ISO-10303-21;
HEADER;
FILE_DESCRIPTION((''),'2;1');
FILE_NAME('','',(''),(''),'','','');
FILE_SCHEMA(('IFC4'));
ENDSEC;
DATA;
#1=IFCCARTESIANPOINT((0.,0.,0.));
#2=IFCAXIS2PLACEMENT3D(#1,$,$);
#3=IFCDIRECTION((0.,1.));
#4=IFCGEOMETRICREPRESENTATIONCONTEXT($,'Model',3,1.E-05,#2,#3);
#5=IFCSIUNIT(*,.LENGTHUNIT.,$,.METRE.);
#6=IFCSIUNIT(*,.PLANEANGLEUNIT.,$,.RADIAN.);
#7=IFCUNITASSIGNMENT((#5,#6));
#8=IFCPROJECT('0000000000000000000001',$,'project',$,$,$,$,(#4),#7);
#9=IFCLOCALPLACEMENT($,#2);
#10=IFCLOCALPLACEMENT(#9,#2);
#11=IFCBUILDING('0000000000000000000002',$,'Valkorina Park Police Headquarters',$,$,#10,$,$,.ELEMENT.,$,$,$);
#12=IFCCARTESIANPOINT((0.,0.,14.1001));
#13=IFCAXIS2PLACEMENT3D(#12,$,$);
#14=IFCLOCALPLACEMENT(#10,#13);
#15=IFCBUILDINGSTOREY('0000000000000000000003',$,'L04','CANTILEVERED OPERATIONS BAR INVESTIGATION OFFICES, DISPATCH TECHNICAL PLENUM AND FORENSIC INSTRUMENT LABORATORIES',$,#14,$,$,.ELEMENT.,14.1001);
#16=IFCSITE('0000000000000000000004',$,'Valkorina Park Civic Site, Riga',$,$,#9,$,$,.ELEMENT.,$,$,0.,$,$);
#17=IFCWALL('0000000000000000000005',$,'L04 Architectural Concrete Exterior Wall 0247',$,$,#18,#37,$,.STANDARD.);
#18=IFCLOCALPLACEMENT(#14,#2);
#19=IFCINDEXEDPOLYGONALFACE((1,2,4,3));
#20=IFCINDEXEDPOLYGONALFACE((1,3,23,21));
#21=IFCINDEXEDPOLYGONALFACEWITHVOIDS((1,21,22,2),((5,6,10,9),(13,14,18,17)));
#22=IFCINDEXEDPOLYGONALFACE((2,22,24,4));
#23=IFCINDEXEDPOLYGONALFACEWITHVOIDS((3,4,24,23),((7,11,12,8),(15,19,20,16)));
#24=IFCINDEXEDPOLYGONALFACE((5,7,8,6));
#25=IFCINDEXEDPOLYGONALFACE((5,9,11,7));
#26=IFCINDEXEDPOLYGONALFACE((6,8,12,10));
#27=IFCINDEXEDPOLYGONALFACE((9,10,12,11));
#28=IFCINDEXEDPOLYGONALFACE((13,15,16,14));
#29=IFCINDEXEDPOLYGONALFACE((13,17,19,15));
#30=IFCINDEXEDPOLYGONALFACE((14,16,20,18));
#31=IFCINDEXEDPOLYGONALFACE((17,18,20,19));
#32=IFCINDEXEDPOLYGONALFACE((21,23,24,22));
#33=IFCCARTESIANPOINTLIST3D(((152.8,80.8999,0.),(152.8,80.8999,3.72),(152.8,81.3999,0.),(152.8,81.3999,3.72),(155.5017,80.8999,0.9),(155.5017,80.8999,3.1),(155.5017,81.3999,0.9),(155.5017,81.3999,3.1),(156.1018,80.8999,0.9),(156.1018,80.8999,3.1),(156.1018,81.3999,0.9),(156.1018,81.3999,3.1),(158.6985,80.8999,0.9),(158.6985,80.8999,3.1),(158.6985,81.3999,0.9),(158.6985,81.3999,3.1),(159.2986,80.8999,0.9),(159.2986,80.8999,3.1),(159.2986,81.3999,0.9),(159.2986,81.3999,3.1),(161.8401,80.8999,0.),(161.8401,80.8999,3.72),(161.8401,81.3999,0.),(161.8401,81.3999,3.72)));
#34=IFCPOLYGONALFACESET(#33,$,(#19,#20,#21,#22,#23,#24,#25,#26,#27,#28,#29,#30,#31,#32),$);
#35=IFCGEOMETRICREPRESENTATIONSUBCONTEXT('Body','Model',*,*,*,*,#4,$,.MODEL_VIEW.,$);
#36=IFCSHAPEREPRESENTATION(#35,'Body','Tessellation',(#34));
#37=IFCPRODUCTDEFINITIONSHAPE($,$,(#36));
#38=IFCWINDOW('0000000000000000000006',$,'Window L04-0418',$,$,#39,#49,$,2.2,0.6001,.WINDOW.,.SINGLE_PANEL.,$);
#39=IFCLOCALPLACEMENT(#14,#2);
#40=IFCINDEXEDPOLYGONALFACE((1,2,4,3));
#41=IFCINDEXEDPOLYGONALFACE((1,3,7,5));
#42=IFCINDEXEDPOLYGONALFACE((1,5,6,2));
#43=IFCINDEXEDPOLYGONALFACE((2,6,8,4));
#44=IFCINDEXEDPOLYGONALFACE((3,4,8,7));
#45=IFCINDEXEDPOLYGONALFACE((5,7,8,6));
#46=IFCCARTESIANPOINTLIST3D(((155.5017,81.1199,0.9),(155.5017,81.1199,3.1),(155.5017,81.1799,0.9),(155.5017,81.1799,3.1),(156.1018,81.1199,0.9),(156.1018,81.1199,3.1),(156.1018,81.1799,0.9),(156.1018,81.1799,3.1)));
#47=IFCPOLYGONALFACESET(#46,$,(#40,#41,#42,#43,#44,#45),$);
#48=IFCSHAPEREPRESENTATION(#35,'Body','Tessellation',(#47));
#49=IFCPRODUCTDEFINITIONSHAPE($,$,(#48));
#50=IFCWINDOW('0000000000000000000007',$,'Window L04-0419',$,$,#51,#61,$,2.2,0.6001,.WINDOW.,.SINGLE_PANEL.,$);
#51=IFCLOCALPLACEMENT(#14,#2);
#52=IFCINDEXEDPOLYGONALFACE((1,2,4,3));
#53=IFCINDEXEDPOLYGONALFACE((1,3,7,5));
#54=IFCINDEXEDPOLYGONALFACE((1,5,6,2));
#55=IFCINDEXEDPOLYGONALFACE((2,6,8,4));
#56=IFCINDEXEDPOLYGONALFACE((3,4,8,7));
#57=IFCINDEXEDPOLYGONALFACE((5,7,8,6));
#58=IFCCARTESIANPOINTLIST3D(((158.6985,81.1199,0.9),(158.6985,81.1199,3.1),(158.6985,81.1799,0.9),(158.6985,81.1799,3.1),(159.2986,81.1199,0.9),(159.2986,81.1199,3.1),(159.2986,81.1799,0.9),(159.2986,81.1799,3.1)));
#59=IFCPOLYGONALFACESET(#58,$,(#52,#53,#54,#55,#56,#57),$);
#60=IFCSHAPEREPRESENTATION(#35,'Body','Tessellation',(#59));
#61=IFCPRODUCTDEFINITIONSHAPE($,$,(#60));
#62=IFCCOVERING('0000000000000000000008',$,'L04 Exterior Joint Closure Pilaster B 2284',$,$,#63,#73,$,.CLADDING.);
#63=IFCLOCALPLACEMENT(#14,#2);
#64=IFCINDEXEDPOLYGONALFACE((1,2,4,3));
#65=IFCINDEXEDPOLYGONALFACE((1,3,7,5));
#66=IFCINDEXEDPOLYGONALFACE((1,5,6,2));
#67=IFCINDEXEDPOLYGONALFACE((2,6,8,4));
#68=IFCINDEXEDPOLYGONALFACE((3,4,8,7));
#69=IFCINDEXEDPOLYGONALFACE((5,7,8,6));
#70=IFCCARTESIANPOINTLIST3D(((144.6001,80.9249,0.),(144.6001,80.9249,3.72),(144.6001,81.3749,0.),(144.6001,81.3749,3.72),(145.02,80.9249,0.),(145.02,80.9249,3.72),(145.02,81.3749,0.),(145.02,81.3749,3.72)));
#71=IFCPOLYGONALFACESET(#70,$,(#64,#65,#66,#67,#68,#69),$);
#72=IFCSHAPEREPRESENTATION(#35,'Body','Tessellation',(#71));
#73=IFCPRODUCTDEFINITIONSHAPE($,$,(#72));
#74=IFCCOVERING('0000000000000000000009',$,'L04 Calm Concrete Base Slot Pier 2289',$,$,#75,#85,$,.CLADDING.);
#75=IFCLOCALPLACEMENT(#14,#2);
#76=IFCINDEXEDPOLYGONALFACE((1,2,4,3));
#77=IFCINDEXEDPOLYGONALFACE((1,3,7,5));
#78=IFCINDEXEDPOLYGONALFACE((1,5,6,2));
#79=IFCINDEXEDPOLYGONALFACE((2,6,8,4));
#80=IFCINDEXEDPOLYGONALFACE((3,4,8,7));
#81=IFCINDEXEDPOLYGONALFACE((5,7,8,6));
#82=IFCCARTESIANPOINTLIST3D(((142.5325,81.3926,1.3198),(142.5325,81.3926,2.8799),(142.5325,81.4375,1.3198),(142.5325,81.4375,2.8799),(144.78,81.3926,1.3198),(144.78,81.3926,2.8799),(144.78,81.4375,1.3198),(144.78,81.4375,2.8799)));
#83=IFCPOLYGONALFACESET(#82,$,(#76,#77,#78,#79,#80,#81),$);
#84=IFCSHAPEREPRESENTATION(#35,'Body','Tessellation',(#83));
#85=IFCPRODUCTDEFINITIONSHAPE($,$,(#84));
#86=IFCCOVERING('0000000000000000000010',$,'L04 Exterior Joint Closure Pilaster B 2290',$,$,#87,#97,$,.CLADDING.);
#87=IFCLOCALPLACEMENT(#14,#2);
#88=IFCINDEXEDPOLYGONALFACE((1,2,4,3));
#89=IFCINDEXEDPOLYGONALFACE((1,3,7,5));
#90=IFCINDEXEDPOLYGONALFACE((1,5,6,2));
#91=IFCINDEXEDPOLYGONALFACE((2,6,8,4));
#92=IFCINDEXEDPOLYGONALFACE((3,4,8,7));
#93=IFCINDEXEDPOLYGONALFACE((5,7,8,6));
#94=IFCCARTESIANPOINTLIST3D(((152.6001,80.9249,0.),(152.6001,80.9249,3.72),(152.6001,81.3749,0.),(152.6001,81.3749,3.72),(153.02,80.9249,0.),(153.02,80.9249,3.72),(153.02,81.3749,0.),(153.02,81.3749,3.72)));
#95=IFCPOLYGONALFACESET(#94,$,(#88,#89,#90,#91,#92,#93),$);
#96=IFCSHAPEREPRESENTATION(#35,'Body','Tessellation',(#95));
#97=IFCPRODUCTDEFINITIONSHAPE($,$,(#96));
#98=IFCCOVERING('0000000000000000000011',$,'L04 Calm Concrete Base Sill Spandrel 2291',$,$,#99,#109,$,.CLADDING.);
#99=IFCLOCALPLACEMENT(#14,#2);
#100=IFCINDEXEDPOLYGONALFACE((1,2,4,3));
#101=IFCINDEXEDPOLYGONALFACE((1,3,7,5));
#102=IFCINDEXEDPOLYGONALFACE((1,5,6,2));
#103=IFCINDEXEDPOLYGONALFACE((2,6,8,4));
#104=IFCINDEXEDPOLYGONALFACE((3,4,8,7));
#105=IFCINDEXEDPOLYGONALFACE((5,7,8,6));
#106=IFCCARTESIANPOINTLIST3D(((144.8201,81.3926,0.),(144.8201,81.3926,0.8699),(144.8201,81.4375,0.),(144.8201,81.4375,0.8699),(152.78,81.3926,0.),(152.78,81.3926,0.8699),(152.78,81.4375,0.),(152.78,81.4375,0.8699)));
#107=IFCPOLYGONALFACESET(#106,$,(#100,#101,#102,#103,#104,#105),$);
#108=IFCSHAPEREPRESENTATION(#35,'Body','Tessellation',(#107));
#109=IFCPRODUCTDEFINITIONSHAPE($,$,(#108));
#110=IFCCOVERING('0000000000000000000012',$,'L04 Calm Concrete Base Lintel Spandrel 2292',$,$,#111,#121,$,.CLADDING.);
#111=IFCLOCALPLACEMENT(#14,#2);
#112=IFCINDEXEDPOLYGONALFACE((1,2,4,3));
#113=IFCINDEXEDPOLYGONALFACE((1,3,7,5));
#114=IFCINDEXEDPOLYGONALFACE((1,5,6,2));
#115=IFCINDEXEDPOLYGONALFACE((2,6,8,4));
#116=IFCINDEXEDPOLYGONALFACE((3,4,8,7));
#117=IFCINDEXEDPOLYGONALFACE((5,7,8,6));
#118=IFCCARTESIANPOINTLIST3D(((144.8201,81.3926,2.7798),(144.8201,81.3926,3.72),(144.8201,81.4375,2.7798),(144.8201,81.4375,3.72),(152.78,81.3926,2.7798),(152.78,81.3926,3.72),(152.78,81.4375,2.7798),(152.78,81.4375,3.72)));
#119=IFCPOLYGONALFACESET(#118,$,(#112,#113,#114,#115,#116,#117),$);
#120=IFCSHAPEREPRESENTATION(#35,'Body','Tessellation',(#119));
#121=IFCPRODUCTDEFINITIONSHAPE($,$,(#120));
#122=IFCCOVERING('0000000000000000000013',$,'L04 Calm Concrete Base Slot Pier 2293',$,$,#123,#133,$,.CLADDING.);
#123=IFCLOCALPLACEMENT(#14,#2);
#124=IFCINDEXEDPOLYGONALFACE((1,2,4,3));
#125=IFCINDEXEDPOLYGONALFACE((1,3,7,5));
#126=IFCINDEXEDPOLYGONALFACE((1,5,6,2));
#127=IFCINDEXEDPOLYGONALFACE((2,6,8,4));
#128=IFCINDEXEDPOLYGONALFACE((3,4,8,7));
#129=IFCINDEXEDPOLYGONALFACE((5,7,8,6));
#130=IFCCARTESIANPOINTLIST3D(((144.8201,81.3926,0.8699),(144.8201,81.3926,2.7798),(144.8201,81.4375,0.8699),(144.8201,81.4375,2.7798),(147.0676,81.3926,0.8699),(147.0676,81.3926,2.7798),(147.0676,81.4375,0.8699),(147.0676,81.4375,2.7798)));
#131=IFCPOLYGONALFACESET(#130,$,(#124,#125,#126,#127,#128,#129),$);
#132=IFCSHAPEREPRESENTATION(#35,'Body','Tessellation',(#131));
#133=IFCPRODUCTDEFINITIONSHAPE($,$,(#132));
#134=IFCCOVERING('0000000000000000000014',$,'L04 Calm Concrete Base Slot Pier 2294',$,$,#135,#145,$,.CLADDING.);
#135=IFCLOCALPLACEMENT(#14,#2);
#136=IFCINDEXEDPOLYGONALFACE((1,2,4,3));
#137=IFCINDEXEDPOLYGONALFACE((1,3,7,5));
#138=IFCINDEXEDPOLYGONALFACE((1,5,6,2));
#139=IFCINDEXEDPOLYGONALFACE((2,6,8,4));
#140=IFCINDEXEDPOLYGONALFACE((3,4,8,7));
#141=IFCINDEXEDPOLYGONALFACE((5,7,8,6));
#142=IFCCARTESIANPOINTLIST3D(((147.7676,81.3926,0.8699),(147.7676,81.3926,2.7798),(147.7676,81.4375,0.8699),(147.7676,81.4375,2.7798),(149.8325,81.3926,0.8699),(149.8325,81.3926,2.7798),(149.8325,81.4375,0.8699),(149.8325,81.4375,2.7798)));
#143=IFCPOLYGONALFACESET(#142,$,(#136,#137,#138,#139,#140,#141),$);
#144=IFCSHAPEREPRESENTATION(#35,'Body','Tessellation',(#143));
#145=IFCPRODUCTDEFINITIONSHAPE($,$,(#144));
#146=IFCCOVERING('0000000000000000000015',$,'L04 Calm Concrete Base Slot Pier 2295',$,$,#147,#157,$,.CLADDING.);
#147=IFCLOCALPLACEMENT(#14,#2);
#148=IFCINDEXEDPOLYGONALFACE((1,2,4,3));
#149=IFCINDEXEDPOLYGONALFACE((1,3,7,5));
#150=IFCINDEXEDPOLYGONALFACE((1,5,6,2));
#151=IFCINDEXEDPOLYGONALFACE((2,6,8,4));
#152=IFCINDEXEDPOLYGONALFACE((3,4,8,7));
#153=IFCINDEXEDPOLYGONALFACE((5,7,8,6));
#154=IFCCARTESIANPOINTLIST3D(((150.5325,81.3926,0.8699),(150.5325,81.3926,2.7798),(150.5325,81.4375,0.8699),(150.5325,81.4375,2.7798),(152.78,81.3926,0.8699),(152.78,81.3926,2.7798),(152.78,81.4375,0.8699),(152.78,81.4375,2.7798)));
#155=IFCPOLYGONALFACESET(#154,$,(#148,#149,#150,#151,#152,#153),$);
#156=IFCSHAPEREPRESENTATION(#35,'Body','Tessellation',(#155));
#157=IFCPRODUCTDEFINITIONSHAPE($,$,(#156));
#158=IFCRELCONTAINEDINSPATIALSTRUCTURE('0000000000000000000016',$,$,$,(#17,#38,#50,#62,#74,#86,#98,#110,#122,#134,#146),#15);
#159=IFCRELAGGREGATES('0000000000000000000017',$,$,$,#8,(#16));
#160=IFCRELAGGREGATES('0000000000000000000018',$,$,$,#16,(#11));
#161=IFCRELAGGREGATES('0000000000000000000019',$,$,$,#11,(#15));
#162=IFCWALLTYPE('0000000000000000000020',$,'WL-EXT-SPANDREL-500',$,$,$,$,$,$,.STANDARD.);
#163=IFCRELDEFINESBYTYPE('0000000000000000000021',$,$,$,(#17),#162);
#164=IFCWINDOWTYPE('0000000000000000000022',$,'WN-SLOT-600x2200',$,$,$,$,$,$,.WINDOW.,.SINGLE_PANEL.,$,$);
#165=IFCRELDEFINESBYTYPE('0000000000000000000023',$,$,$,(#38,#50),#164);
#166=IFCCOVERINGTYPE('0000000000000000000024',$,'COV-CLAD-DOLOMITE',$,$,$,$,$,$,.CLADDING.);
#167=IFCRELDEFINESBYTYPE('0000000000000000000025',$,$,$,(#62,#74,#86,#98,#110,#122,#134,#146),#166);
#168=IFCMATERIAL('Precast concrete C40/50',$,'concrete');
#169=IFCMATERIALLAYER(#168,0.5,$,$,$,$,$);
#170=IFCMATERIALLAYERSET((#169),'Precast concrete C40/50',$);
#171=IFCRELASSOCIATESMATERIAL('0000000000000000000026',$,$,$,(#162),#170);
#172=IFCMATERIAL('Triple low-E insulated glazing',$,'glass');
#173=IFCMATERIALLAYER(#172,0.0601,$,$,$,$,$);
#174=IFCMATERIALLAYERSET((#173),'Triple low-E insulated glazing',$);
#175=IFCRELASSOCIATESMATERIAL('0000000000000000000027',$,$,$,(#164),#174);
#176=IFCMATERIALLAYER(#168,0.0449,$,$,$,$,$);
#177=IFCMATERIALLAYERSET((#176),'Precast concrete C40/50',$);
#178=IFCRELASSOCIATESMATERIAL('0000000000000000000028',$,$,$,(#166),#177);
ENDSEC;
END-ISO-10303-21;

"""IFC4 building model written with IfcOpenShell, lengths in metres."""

from ifc_helpers import new_model, si_unit, direction, frame, frame_2d, origin, origin_2d, place, context, subcontext, project, spatial, rectangle, extrude, material, layer, layer_set, type_object, element, fill, save


model = new_model("IFC4")

# Units and contexts
model_context = context("Model", 3, precision=1e-05, world=origin(), true_north=direction((0.0, 1.0)))
body_context = subcontext(model_context, "Body", "Model", "MODEL_VIEW")
ifc_project = project(units=[si_unit("LENGTHUNIT", "METRE"), si_unit("PLANEANGLEUNIT", "RADIAN")], contexts=[model_context])

# Site, building, storey
site_placement = place(None, origin())
site = spatial("IfcSite", under=ifc_project, at=site_placement, Name="Valkorina Park Civic Site, Riga", CompositionType="ELEMENT", RefElevation=0.0)
building_placement = place(site_placement, origin())
building = spatial("IfcBuilding", under=site, at=building_placement, Name="Valkorina Park Police Headquarters", CompositionType="ELEMENT")
storey_placement = place(building_placement, frame((0.0, 0.0, 14.1001)))
storey = spatial("IfcBuildingStorey", under=building, at=storey_placement, Name="L04", Description="CANTILEVERED OPERATIONS BAR INVESTIGATION OFFICES, DISPATCH TECHNICAL PLENUM AND FORENSIC INSTRUMENT LABORATORIES", CompositionType="ELEMENT", Elevation=14.1001)

# Wall, openings, windows
ifc_material_1 = material(Name="Precast concrete C40/50", Category="concrete")
ifc_layer_1 = layer(ifc_material_1, 0.5)
ifc_layer_set_1 = layer_set([ifc_layer_1], Name="Precast concrete C40/50")
wall_type = type_object("IfcWallType", Name="WL-EXT-SPANDREL-500", PredefinedType="STANDARD", material=ifc_layer_set_1)
ifc_material_2 = material(Name="Triple low-E insulated glazing", Category="glass")
wall_1_placement = place(storey_placement, frame((152.8, 81.1499, 0.0), z_axis=(0.0, 0.0, 1.0), x_axis=(1.0, 0.0, 0.0)))
wall_1 = element("IfcWall", 1, at=wall_1_placement, inside=storey, type_object=wall_type, Name="L04 Architectural Concrete Exterior Wall 0247", PredefinedType="STANDARD", context=body_context, shape_type="SweptSolid", body=[
    extrude(rectangle(XDim=9.04, YDim=0.5, at=frame_2d((4.52, 0.0))), origin(), (0.0, 0.0, 1.0), 3.72),
])
opening_1_placement = place(wall_1_placement, frame((2.7017, 0.0, 0.8999)))
opening_1 = element("IfcOpeningElement", 2, at=opening_1_placement, cuts=wall_1, PredefinedType="OPENING", context=body_context, shape_type="SweptSolid", body=[
    extrude(rectangle(XDim=0.6001, YDim=2.2, at=frame_2d((0.3, 1.1001))), frame((0.0, 0.26, 0.0), z_axis=(0.0, -1.0, 0.0), x_axis=(1.0, 0.0, 0.0)), (0.0, 0.0, 1.0), 0.52),
])
opening_2_placement = place(wall_1_placement, frame((5.8984, 0.0, 0.8999)))
opening_2 = element("IfcOpeningElement", 3, at=opening_2_placement, cuts=wall_1, PredefinedType="OPENING", context=body_context, shape_type="SweptSolid", body=[
    extrude(rectangle(XDim=0.6001, YDim=2.2, at=frame_2d((0.3, 1.1001))), frame((0.0, 0.26, 0.0), z_axis=(0.0, -1.0, 0.0), x_axis=(1.0, 0.0, 0.0)), (0.0, 0.0, 1.0), 0.52),
])
ifc_layer_2 = layer(ifc_material_2, 0.0601)
ifc_layer_set_2 = layer_set([ifc_layer_2], Name="Triple low-E insulated glazing")
window_type_1 = type_object("IfcWindowType", Name="WN-SLOT-600x2200", PartitioningType="SINGLE_PANEL", PredefinedType="WINDOW", material=ifc_layer_set_2)
window_1_placement = place(opening_1_placement, origin())
window_1 = element("IfcWindow", 4, at=window_1_placement, inside=storey, type_object=window_type_1, Name="Window L04-0418", OverallHeight=2.2, OverallWidth=0.6001, PartitioningType="SINGLE_PANEL", PredefinedType="WINDOW", context=body_context, shape_type="SweptSolid", body=[
    extrude(rectangle(XDim=0.6001, YDim=2.2, at=frame_2d((0.3, 1.1001))), frame((0.0, 0.03, 0.0), z_axis=(0.0, -1.0, 0.0), x_axis=(1.0, 0.0, 0.0)), (0.0, 0.0, 1.0), 0.0601),
])
fill(opening_1, window_1)
window_2_placement = place(opening_2_placement, origin())
window_2 = element("IfcWindow", 5, at=window_2_placement, inside=storey, type_object=window_type_1, Name="Window L04-0419", OverallHeight=2.2, OverallWidth=0.6001, PartitioningType="SINGLE_PANEL", PredefinedType="WINDOW", context=body_context, shape_type="SweptSolid", body=[
    extrude(rectangle(XDim=0.6001, YDim=2.2, at=frame_2d((0.3, 1.1001))), frame((0.0, 0.03, 0.0), z_axis=(0.0, -1.0, 0.0), x_axis=(1.0, 0.0, 0.0)), (0.0, 0.0, 1.0), 0.0601),
])
fill(opening_2, window_2)

# Coverings
ifc_layer_3 = layer(ifc_material_1, 0.0449)
ifc_layer_set_3 = layer_set([ifc_layer_3], Name="Precast concrete C40/50")
covering_type = type_object("IfcCoveringType", Name="COV-CLAD-DOLOMITE", PredefinedType="CLADDING", material=ifc_layer_set_3)
covering_1_placement = place(storey_placement, frame((144.8101, 81.1499, 0.0), z_axis=(0.0, 0.0, 1.0), x_axis=(1.0, 0.0, 0.0)))
element("IfcCovering", 6, at=covering_1_placement, inside=storey, type_object=covering_type, Name="L04 Exterior Joint Closure Pilaster B 2284", PredefinedType="CLADDING", context=body_context, shape_type="SweptSolid", body=[
    extrude(rectangle(XDim=0.4199, YDim=0.45, at=origin_2d()), origin(), (0.0, 0.0, 1.0), 3.72),
])
covering_2_placement = place(storey_placement, frame((142.5325, 81.415, 1.3198), z_axis=(0.0, 0.0, 1.0), x_axis=(1.0, 0.0, 0.0)))
element("IfcCovering", 7, at=covering_2_placement, inside=storey, type_object=covering_type, Name="L04 Calm Concrete Base Slot Pier 2289", PredefinedType="CLADDING", context=body_context, shape_type="SweptSolid", body=[
    extrude(rectangle(XDim=2.2476, YDim=0.0449, at=frame_2d((1.1238, 0.0))), origin(), (0.0, 0.0, 1.0), 1.5601),
])
covering_3_placement = place(storey_placement, frame((152.8101, 81.1499, 0.0), z_axis=(0.0, 0.0, 1.0), x_axis=(1.0, 0.0, 0.0)))
element("IfcCovering", 8, at=covering_3_placement, inside=storey, type_object=covering_type, Name="L04 Exterior Joint Closure Pilaster B 2290", PredefinedType="CLADDING", context=body_context, shape_type="SweptSolid", body=[
    extrude(rectangle(XDim=0.4199, YDim=0.45, at=origin_2d()), origin(), (0.0, 0.0, 1.0), 3.72),
])
covering_4_placement = place(storey_placement, frame((144.8201, 81.415, 0.0), z_axis=(0.0, 0.0, 1.0), x_axis=(1.0, 0.0, 0.0)))
element("IfcCovering", 9, at=covering_4_placement, inside=storey, type_object=covering_type, Name="L04 Calm Concrete Base Sill Spandrel 2291", PredefinedType="CLADDING", context=body_context, shape_type="SweptSolid", body=[
    extrude(rectangle(XDim=7.96, YDim=0.0449, at=frame_2d((3.98, 0.0))), origin(), (0.0, 0.0, 1.0), 0.8699),
])
covering_5_placement = place(storey_placement, frame((144.8201, 81.415, 2.7798), z_axis=(0.0, 0.0, 1.0), x_axis=(1.0, 0.0, 0.0)))
element("IfcCovering", 10, at=covering_5_placement, inside=storey, type_object=covering_type, Name="L04 Calm Concrete Base Lintel Spandrel 2292", PredefinedType="CLADDING", context=body_context, shape_type="SweptSolid", body=[
    extrude(rectangle(XDim=7.96, YDim=0.0449, at=frame_2d((3.98, 0.0))), origin(), (0.0, 0.0, 1.0), 0.9402),
])
covering_6_placement = place(storey_placement, frame((144.8201, 81.415, 0.8699), z_axis=(0.0, 0.0, 1.0), x_axis=(1.0, 0.0, 0.0)))
element("IfcCovering", 11, at=covering_6_placement, inside=storey, type_object=covering_type, Name="L04 Calm Concrete Base Slot Pier 2293", PredefinedType="CLADDING", context=body_context, shape_type="SweptSolid", body=[
    extrude(rectangle(XDim=2.2476, YDim=0.0449, at=frame_2d((1.1238, 0.0))), origin(), (0.0, 0.0, 1.0), 1.9099),
])
covering_7_placement = place(storey_placement, frame((147.7676, 81.415, 0.8699), z_axis=(0.0, 0.0, 1.0), x_axis=(1.0, 0.0, 0.0)))
element("IfcCovering", 12, at=covering_7_placement, inside=storey, type_object=covering_type, Name="L04 Calm Concrete Base Slot Pier 2294", PredefinedType="CLADDING", context=body_context, shape_type="SweptSolid", body=[
    extrude(rectangle(XDim=2.0649, YDim=0.0449, at=frame_2d((1.0325, 0.0))), origin(), (0.0, 0.0, 1.0), 1.9099),
])
covering_8_placement = place(storey_placement, frame((150.5325, 81.415, 0.8699), z_axis=(0.0, 0.0, 1.0), x_axis=(1.0, 0.0, 0.0)))
element("IfcCovering", 13, at=covering_8_placement, inside=storey, type_object=covering_type, Name="L04 Calm Concrete Base Slot Pier 2295", PredefinedType="CLADDING", context=body_context, shape_type="SweptSolid", body=[
    extrude(rectangle(XDim=2.2476, YDim=0.0449, at=frame_2d((1.1238, 0.0))), origin(), (0.0, 0.0, 1.0), 1.9099),
])

save(model, "model.ifc")
